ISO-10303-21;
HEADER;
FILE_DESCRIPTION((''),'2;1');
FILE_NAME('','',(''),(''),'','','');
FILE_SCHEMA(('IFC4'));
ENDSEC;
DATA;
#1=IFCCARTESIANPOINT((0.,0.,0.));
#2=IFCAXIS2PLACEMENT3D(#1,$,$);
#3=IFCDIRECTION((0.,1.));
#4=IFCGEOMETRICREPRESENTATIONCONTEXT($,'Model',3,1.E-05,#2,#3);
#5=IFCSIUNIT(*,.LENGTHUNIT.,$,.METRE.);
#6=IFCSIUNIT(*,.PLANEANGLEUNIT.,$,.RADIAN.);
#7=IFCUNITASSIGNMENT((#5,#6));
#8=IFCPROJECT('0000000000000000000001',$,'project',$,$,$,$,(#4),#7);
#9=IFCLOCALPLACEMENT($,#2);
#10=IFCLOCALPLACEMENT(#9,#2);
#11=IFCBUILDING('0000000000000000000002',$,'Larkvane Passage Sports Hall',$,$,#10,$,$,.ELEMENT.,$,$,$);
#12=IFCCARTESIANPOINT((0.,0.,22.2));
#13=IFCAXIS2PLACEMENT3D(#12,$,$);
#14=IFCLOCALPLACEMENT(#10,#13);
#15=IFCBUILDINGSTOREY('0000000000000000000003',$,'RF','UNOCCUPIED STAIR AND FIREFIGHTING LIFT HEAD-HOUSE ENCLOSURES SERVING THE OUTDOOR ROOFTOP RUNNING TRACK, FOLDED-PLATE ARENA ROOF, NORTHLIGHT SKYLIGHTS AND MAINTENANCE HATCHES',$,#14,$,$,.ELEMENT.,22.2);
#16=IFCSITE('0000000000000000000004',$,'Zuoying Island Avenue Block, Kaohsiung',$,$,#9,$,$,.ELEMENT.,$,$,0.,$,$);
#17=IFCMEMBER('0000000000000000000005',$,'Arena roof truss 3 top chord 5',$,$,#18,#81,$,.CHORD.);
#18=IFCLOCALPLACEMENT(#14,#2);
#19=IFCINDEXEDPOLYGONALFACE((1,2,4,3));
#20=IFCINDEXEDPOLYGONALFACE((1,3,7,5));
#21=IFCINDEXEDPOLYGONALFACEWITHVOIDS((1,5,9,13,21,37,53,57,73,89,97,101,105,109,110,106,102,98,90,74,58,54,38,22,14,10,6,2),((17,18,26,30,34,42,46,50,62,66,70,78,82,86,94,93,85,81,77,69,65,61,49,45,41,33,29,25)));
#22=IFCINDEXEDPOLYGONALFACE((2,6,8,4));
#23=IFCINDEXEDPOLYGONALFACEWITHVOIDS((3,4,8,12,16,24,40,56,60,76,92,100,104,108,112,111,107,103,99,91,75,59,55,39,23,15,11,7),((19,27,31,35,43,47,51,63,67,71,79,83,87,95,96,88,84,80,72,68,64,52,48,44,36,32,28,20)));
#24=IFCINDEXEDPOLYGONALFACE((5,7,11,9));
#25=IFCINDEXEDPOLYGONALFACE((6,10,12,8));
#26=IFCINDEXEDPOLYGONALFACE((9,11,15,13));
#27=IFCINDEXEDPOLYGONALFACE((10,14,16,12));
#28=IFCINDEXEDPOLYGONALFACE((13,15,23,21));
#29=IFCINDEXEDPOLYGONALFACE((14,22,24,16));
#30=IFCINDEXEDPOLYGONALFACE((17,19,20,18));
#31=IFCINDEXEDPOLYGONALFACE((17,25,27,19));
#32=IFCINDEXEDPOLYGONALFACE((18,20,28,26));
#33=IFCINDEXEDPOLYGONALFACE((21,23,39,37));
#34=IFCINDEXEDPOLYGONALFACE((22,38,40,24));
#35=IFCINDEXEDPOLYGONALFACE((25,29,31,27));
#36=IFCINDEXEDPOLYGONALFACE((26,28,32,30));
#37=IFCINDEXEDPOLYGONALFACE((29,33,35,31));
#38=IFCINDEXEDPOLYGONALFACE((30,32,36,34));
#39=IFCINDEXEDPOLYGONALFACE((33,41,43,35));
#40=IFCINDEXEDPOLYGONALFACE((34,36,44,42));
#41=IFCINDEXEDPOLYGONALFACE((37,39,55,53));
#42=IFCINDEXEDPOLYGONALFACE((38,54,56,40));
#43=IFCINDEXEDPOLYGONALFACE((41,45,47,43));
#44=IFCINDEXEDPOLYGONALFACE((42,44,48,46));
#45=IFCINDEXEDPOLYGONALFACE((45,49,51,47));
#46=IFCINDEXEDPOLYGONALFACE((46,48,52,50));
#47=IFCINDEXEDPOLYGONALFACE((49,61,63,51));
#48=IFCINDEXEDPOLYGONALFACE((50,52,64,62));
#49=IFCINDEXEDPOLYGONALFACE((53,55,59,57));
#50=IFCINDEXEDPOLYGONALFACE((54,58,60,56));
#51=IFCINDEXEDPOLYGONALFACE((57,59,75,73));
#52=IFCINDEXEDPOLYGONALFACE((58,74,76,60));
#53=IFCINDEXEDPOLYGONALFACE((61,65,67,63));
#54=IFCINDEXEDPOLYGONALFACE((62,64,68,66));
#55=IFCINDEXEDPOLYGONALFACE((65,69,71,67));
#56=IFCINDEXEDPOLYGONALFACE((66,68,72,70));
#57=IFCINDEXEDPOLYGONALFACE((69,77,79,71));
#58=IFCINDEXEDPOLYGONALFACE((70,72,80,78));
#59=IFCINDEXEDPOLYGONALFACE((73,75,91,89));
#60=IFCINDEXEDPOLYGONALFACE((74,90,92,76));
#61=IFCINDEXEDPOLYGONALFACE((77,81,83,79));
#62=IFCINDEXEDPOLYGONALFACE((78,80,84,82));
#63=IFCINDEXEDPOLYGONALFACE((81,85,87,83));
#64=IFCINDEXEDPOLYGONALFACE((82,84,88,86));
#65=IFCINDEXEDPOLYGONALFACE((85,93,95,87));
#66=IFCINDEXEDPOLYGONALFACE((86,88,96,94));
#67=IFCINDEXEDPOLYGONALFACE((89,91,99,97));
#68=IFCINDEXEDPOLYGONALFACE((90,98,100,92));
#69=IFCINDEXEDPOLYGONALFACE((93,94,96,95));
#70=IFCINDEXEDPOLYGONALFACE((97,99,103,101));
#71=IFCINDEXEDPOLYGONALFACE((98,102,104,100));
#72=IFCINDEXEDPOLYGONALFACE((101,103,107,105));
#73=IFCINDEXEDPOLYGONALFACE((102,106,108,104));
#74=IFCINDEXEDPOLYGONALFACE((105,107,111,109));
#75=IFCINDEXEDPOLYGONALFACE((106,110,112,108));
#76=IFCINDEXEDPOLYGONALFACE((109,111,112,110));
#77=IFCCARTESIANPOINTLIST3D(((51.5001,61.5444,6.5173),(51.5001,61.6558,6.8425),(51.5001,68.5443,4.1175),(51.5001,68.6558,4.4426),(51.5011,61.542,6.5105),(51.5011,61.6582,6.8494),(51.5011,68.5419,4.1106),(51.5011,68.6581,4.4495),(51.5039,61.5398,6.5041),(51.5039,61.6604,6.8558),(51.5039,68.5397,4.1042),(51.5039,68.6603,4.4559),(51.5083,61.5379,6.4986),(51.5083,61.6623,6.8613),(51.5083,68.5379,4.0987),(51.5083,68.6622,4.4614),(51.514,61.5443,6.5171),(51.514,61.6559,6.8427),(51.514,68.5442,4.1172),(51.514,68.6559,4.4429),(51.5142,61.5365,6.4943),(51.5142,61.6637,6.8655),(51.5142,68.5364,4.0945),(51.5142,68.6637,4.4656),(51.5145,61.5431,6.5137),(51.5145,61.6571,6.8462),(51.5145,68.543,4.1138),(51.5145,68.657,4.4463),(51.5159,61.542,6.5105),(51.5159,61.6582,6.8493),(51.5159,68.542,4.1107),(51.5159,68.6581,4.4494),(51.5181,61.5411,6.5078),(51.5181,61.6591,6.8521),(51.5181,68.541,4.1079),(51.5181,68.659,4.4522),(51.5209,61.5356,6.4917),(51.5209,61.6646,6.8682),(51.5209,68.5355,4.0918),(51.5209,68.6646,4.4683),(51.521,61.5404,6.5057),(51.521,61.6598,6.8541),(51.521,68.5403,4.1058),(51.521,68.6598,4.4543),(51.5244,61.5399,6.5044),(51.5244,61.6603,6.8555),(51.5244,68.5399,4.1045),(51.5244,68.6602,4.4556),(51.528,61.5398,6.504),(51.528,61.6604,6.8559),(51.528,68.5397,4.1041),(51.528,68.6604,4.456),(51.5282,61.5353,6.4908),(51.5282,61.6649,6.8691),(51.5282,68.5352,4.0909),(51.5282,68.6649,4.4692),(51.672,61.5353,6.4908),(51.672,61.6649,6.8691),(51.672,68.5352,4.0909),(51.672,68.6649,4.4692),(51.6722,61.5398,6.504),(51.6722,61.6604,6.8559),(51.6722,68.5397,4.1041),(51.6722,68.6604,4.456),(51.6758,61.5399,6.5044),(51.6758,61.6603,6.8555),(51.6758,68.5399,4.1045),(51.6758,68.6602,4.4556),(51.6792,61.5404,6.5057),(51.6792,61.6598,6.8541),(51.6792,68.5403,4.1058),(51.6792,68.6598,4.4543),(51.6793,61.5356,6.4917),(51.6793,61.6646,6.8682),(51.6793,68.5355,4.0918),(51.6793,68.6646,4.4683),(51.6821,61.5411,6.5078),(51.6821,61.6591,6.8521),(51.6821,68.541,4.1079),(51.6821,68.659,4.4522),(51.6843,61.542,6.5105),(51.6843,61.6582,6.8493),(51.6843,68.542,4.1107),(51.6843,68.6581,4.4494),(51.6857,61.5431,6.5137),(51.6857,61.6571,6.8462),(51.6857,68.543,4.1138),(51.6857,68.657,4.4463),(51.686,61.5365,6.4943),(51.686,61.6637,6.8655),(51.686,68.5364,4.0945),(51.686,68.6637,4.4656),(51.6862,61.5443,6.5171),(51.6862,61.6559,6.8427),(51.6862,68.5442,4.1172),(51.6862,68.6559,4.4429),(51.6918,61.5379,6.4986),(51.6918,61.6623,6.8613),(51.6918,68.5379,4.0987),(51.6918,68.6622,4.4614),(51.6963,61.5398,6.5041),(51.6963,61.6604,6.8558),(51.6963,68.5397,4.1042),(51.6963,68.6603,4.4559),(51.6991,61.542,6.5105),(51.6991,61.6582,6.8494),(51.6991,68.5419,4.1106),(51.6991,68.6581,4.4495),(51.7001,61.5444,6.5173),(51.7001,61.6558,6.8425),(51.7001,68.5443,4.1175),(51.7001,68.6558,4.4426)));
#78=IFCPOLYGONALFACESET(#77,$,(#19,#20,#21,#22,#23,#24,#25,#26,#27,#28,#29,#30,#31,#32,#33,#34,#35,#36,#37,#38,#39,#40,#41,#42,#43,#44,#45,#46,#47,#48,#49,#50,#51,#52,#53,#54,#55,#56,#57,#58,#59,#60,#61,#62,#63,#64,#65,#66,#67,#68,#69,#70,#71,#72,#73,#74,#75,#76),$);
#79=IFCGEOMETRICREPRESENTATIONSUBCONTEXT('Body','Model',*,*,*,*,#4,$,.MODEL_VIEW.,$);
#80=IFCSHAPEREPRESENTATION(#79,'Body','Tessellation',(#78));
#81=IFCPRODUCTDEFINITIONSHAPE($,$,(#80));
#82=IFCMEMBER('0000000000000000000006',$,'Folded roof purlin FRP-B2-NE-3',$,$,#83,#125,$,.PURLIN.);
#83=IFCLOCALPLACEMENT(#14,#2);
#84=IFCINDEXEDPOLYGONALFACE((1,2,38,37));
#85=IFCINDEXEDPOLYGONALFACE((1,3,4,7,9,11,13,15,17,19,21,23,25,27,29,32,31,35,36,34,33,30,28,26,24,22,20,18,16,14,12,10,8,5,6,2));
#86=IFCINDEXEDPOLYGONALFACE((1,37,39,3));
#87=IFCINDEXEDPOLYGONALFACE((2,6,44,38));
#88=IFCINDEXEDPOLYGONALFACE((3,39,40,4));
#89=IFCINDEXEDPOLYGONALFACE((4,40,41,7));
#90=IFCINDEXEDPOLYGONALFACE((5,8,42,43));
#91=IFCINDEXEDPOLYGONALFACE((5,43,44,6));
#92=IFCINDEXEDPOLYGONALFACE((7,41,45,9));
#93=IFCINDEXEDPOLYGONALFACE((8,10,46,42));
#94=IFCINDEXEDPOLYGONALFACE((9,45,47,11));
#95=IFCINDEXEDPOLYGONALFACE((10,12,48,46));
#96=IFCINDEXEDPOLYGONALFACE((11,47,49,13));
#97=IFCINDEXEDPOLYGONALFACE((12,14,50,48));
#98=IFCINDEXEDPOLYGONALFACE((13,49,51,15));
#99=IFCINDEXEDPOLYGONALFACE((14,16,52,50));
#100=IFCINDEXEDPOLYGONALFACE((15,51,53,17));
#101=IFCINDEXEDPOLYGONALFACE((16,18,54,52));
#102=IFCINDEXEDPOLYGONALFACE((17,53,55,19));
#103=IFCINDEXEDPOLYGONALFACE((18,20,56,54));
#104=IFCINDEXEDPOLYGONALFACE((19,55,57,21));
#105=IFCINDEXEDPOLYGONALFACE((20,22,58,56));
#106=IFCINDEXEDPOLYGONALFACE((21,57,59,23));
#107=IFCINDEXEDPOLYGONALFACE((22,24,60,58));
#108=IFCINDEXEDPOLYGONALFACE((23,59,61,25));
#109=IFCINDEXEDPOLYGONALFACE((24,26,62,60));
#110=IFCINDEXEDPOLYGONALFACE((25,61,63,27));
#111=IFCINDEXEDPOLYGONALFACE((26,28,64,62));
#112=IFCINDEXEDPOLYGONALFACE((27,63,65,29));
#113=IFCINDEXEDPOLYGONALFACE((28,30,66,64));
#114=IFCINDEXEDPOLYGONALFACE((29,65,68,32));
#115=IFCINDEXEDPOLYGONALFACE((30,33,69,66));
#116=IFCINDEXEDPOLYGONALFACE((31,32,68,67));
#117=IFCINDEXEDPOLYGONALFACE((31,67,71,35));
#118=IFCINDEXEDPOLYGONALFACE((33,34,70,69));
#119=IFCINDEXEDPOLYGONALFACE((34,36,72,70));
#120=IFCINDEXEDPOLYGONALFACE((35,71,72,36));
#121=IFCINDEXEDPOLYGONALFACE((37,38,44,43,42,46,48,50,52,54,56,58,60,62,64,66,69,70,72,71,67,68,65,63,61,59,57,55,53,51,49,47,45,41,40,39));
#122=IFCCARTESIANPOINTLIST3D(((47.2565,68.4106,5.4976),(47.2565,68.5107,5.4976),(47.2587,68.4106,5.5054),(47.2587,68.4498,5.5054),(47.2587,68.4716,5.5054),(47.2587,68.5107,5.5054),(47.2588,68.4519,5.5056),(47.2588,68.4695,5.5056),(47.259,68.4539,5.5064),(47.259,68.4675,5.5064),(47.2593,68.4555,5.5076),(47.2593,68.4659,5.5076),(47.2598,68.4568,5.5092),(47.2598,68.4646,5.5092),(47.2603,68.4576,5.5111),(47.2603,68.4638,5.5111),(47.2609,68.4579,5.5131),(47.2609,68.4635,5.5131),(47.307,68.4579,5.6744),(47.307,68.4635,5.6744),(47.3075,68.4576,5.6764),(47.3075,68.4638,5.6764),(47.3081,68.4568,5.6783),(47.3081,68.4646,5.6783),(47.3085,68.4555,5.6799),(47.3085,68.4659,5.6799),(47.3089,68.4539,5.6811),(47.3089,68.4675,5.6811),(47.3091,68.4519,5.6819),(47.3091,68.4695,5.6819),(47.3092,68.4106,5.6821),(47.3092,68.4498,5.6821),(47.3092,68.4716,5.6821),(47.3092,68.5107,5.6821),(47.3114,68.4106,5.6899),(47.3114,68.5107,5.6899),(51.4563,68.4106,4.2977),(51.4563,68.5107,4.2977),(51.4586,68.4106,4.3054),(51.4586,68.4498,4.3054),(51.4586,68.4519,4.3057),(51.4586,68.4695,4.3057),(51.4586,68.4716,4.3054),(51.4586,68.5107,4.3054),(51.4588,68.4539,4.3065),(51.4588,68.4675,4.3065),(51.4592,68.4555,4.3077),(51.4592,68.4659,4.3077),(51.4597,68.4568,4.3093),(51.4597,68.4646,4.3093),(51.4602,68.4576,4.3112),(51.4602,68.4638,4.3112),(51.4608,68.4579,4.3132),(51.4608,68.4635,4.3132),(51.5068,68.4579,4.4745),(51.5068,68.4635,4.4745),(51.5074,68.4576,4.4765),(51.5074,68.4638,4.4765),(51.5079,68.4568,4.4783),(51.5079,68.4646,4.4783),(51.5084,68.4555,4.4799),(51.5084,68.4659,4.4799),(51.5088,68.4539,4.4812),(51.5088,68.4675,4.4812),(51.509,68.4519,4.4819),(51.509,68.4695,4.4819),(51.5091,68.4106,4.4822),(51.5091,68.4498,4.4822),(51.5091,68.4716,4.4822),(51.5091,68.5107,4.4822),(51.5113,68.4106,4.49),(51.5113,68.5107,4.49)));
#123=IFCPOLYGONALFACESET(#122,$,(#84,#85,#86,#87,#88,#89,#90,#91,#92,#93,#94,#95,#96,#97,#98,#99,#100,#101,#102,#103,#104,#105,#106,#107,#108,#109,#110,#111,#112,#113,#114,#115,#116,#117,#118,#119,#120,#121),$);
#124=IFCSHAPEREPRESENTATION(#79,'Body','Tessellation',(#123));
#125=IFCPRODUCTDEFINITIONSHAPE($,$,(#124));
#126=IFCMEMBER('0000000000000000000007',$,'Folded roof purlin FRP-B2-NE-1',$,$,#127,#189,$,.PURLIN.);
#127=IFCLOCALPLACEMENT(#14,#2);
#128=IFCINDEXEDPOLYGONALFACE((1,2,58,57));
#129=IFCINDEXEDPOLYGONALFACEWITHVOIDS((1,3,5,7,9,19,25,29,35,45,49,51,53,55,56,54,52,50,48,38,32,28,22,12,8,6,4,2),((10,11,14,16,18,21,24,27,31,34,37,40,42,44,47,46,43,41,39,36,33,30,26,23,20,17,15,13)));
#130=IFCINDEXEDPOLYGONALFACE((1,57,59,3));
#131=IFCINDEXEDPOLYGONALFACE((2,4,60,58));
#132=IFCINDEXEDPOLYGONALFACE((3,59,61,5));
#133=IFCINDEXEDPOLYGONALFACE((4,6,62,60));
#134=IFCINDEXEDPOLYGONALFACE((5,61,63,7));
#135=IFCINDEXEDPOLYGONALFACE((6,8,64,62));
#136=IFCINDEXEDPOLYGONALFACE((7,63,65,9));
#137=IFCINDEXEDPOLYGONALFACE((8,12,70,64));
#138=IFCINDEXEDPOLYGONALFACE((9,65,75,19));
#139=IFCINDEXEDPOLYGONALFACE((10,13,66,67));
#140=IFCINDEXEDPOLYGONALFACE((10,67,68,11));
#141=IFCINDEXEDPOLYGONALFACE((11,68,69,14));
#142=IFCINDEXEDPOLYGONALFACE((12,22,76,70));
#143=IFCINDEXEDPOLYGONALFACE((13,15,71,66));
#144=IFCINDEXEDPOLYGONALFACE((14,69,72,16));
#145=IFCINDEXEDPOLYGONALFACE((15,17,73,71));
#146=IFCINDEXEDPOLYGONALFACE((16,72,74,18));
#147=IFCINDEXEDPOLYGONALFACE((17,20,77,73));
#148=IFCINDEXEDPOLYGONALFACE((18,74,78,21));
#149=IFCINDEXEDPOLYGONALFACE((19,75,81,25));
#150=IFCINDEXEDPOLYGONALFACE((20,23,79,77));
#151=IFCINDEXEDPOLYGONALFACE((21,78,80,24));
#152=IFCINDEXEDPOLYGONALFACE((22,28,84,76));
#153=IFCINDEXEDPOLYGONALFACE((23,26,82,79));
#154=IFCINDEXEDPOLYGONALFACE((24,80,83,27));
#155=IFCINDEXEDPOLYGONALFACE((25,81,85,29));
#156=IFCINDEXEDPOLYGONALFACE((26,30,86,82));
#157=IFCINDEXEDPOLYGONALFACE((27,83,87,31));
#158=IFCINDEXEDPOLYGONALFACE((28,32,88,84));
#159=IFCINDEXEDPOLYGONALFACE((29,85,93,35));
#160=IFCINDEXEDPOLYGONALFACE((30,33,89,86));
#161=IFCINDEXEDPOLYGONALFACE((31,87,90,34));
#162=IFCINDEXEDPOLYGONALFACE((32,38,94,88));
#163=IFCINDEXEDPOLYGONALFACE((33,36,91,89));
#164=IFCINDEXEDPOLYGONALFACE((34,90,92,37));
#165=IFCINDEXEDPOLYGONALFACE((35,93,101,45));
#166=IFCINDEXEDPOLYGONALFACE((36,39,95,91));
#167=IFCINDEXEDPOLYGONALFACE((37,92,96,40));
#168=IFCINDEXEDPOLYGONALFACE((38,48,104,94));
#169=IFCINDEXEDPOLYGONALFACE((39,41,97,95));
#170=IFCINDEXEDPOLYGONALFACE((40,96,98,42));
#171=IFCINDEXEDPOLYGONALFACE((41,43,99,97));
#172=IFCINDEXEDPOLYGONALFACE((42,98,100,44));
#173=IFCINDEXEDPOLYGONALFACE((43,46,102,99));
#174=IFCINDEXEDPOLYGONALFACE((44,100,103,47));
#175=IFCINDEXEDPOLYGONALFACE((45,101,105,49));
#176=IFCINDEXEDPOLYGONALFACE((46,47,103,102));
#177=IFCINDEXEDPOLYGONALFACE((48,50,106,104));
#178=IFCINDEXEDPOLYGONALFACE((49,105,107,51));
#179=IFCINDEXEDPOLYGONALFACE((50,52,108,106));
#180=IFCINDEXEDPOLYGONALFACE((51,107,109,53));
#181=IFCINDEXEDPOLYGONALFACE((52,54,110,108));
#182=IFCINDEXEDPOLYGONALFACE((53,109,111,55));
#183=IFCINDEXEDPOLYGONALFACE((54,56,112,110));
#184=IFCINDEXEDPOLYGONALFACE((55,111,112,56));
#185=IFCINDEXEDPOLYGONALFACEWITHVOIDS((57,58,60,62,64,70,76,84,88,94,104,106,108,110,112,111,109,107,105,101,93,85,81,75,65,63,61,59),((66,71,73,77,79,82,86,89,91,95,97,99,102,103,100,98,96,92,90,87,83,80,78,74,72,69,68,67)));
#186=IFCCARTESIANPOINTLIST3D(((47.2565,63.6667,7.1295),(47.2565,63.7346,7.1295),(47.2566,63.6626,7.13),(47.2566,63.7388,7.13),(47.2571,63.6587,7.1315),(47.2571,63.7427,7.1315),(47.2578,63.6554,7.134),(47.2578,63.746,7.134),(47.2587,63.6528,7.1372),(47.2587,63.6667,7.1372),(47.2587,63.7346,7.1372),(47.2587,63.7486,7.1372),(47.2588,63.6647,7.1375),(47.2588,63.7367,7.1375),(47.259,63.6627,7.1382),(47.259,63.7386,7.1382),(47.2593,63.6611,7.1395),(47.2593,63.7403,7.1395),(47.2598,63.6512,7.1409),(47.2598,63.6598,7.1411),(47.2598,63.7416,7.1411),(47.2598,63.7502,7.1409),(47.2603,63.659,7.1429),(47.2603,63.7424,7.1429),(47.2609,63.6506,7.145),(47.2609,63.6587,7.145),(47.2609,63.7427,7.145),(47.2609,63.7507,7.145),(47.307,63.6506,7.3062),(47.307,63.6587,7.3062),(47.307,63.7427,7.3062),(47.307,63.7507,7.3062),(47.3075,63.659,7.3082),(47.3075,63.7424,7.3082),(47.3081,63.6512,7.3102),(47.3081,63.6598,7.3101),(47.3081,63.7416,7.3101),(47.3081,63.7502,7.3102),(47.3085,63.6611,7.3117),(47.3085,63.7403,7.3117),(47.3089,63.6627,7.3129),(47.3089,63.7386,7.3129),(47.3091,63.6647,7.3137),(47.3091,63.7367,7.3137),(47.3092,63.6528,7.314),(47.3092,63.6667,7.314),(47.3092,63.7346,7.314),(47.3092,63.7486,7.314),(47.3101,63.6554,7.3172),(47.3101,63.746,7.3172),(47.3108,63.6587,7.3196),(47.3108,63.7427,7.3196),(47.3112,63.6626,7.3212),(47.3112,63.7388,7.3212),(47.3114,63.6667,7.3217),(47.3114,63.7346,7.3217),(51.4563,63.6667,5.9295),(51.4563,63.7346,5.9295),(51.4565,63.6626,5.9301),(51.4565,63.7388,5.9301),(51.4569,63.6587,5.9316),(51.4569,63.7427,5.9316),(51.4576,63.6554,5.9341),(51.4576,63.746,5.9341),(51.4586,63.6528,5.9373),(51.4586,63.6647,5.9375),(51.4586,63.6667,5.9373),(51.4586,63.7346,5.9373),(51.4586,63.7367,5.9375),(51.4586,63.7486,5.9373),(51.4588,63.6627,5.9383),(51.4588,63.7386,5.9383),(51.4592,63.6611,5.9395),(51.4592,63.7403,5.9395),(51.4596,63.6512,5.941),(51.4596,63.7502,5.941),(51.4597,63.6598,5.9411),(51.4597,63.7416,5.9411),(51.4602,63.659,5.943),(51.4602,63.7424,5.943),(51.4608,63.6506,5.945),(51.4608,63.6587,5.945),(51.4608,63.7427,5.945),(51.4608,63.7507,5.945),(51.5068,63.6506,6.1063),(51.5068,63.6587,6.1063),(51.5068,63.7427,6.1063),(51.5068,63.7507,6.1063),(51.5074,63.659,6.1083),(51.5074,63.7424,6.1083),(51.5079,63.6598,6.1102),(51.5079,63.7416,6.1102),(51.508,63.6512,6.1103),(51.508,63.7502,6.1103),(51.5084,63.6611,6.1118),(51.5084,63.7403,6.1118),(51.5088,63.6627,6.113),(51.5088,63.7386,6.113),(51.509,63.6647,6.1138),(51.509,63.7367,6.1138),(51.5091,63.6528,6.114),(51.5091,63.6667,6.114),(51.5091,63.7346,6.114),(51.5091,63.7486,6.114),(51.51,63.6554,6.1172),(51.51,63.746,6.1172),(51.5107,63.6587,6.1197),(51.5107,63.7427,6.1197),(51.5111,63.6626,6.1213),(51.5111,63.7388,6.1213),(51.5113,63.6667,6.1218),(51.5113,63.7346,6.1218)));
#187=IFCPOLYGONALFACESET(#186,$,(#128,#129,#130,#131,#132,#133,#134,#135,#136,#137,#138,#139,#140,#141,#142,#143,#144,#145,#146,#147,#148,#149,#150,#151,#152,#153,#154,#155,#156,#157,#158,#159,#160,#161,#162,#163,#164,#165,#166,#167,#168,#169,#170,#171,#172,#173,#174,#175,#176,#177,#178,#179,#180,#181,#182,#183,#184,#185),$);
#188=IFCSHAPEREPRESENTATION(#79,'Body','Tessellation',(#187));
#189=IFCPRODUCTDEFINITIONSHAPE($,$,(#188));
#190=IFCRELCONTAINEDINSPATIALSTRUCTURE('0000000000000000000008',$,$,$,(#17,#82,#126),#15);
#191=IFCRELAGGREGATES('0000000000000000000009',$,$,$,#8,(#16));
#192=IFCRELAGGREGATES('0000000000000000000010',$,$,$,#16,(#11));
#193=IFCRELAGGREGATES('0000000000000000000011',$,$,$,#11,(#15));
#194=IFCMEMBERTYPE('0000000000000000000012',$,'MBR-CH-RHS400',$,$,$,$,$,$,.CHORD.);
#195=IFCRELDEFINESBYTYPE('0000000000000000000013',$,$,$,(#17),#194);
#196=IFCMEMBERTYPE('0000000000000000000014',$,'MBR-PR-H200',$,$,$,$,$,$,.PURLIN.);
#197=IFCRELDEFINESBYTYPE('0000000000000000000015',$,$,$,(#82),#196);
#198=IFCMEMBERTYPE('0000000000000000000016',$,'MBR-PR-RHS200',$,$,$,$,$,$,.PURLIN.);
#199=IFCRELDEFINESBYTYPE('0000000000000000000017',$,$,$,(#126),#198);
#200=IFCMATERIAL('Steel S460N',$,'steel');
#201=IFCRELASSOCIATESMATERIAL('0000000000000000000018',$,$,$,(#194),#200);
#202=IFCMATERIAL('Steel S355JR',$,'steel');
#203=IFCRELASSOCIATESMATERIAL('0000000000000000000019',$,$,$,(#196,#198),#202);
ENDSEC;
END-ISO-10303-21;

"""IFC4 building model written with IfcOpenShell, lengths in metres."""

from ifc_helpers import new_model, si_unit, direction, frame, origin, origin_2d, place, context, subcontext, project, spatial, hollow_rectangle, i_section, extrude, material, material_profile, profile_set, type_object, element, save


model = new_model("IFC4")

# Units and contexts
model_context = context("Model", 3, precision=1e-05, world=origin(), true_north=direction((0.0, 1.0)))
body_context = subcontext(model_context, "Body", "Model", "MODEL_VIEW")
ifc_project = project(units=[si_unit("LENGTHUNIT", "METRE"), si_unit("PLANEANGLEUNIT", "RADIAN")], contexts=[model_context])

# Site, building, storey
site_placement = place(None, origin())
site = spatial("IfcSite", under=ifc_project, at=site_placement, Name="Zuoying Island Avenue Block, Kaohsiung", CompositionType="ELEMENT", RefElevation=0.0)
building_placement = place(site_placement, origin())
building = spatial("IfcBuilding", under=site, at=building_placement, Name="Larkvane Passage Sports Hall", CompositionType="ELEMENT")
storey_placement = place(building_placement, frame((0.0, 0.0, 22.2)))
storey = spatial("IfcBuildingStorey", under=building, at=storey_placement, Name="RF", Description="UNOCCUPIED STAIR AND FIREFIGHTING LIFT HEAD-HOUSE ENCLOSURES SERVING THE OUTDOOR ROOFTOP RUNNING TRACK, FOLDED-PLATE ARENA ROOF, NORTHLIGHT SKYLIGHTS AND MAINTENANCE HATCHES", CompositionType="ELEMENT", Elevation=22.2)

# Members
ifc_material_1 = material(Name="Steel S355JR", Category="steel")
ifc_material_2 = material(Name="Steel S460N", Category="steel")
ifc_material_profile_1 = material_profile(ifc_material_2, hollow_rectangle(XDim=0.2, YDim=0.3999, WallThickness=0.0139, InnerFilletRadius=0.0139, OuterFilletRadius=0.0281, at=origin_2d()), Name="RHS-400x200x14")
ifc_profile_set_1 = profile_set([ifc_material_profile_1], Name="Steel S460N")
member_type_1 = type_object("IfcMemberType", Name="MBR-CH-RHS400", PredefinedType="CHORD", material=ifc_profile_set_1)
member_1_placement = place(storey_placement, frame((51.6001, 61.6001, 6.6799), z_axis=(0.0, 0.94595, -0.324313), x_axis=(-1.0, 0.0, 0.0)))
element("IfcMember", 1, at=member_1_placement, inside=storey, type_object=member_type_1, Name="Arena roof truss 3 top chord 5", PredefinedType="CHORD", context=body_context, shape_type="SweptSolid", body=[
    extrude(hollow_rectangle(XDim=0.2, YDim=0.3999, WallThickness=0.0139, InnerFilletRadius=0.0139, OuterFilletRadius=0.0281, at=origin_2d()), origin(), (0.0, 0.0, 1.0), 7.3999),
])
ifc_material_profile_2 = material_profile(ifc_material_1, i_section(OverallWidth=0.1001, OverallDepth=0.2, WebThickness=0.0056, FlangeThickness=0.0081, FilletRadius=0.0081, at=origin_2d()), Name="H-200x100x5.5x8")
ifc_profile_set_2 = profile_set([ifc_material_profile_2], Name="Steel S355JR")
member_type_2 = type_object("IfcMemberType", Name="MBR-PR-H200", PredefinedType="PURLIN", material=ifc_profile_set_2)
member_2_placement = place(storey_placement, frame((47.2839, 68.4607, 5.5938), z_axis=(0.961526, 0.0, -0.274714), x_axis=(0.0, 1.0, 0.0)))
element("IfcMember", 2, at=member_2_placement, inside=storey, type_object=member_type_2, Name="Folded roof purlin FRP-B2-NE-3", PredefinedType="PURLIN", context=body_context, shape_type="SweptSolid", body=[
    extrude(i_section(OverallWidth=0.1001, OverallDepth=0.2, WebThickness=0.0056, FlangeThickness=0.0081, FilletRadius=0.0081, at=origin_2d()), origin(), (0.0, 0.0, 1.0), 4.3679),
])
ifc_material_profile_3 = material_profile(ifc_material_1, hollow_rectangle(XDim=0.1001, YDim=0.2, WallThickness=0.0081, InnerFilletRadius=0.0081, OuterFilletRadius=0.0161, at=origin_2d()), Name="RHS-200x100x8")
ifc_profile_set_3 = profile_set([ifc_material_profile_3], Name="Steel S355JR")
member_type_3 = type_object("IfcMemberType", Name="MBR-PR-RHS200", PredefinedType="PURLIN", material=ifc_profile_set_3)
member_3_placement = place(storey_placement, frame((47.2839, 63.7007, 7.2256), z_axis=(0.961526, 0.0, -0.274714), x_axis=(0.0, 1.0, 0.0)))
element("IfcMember", 3, at=member_3_placement, inside=storey, type_object=member_type_3, Name="Folded roof purlin FRP-B2-NE-1", PredefinedType="PURLIN", context=body_context, shape_type="SweptSolid", body=[
    extrude(hollow_rectangle(XDim=0.1001, YDim=0.2, WallThickness=0.0081, InnerFilletRadius=0.0081, OuterFilletRadius=0.0161, at=origin_2d()), origin(), (0.0, 0.0, 1.0), 4.3679),
])

save(model, "model.ifc")
